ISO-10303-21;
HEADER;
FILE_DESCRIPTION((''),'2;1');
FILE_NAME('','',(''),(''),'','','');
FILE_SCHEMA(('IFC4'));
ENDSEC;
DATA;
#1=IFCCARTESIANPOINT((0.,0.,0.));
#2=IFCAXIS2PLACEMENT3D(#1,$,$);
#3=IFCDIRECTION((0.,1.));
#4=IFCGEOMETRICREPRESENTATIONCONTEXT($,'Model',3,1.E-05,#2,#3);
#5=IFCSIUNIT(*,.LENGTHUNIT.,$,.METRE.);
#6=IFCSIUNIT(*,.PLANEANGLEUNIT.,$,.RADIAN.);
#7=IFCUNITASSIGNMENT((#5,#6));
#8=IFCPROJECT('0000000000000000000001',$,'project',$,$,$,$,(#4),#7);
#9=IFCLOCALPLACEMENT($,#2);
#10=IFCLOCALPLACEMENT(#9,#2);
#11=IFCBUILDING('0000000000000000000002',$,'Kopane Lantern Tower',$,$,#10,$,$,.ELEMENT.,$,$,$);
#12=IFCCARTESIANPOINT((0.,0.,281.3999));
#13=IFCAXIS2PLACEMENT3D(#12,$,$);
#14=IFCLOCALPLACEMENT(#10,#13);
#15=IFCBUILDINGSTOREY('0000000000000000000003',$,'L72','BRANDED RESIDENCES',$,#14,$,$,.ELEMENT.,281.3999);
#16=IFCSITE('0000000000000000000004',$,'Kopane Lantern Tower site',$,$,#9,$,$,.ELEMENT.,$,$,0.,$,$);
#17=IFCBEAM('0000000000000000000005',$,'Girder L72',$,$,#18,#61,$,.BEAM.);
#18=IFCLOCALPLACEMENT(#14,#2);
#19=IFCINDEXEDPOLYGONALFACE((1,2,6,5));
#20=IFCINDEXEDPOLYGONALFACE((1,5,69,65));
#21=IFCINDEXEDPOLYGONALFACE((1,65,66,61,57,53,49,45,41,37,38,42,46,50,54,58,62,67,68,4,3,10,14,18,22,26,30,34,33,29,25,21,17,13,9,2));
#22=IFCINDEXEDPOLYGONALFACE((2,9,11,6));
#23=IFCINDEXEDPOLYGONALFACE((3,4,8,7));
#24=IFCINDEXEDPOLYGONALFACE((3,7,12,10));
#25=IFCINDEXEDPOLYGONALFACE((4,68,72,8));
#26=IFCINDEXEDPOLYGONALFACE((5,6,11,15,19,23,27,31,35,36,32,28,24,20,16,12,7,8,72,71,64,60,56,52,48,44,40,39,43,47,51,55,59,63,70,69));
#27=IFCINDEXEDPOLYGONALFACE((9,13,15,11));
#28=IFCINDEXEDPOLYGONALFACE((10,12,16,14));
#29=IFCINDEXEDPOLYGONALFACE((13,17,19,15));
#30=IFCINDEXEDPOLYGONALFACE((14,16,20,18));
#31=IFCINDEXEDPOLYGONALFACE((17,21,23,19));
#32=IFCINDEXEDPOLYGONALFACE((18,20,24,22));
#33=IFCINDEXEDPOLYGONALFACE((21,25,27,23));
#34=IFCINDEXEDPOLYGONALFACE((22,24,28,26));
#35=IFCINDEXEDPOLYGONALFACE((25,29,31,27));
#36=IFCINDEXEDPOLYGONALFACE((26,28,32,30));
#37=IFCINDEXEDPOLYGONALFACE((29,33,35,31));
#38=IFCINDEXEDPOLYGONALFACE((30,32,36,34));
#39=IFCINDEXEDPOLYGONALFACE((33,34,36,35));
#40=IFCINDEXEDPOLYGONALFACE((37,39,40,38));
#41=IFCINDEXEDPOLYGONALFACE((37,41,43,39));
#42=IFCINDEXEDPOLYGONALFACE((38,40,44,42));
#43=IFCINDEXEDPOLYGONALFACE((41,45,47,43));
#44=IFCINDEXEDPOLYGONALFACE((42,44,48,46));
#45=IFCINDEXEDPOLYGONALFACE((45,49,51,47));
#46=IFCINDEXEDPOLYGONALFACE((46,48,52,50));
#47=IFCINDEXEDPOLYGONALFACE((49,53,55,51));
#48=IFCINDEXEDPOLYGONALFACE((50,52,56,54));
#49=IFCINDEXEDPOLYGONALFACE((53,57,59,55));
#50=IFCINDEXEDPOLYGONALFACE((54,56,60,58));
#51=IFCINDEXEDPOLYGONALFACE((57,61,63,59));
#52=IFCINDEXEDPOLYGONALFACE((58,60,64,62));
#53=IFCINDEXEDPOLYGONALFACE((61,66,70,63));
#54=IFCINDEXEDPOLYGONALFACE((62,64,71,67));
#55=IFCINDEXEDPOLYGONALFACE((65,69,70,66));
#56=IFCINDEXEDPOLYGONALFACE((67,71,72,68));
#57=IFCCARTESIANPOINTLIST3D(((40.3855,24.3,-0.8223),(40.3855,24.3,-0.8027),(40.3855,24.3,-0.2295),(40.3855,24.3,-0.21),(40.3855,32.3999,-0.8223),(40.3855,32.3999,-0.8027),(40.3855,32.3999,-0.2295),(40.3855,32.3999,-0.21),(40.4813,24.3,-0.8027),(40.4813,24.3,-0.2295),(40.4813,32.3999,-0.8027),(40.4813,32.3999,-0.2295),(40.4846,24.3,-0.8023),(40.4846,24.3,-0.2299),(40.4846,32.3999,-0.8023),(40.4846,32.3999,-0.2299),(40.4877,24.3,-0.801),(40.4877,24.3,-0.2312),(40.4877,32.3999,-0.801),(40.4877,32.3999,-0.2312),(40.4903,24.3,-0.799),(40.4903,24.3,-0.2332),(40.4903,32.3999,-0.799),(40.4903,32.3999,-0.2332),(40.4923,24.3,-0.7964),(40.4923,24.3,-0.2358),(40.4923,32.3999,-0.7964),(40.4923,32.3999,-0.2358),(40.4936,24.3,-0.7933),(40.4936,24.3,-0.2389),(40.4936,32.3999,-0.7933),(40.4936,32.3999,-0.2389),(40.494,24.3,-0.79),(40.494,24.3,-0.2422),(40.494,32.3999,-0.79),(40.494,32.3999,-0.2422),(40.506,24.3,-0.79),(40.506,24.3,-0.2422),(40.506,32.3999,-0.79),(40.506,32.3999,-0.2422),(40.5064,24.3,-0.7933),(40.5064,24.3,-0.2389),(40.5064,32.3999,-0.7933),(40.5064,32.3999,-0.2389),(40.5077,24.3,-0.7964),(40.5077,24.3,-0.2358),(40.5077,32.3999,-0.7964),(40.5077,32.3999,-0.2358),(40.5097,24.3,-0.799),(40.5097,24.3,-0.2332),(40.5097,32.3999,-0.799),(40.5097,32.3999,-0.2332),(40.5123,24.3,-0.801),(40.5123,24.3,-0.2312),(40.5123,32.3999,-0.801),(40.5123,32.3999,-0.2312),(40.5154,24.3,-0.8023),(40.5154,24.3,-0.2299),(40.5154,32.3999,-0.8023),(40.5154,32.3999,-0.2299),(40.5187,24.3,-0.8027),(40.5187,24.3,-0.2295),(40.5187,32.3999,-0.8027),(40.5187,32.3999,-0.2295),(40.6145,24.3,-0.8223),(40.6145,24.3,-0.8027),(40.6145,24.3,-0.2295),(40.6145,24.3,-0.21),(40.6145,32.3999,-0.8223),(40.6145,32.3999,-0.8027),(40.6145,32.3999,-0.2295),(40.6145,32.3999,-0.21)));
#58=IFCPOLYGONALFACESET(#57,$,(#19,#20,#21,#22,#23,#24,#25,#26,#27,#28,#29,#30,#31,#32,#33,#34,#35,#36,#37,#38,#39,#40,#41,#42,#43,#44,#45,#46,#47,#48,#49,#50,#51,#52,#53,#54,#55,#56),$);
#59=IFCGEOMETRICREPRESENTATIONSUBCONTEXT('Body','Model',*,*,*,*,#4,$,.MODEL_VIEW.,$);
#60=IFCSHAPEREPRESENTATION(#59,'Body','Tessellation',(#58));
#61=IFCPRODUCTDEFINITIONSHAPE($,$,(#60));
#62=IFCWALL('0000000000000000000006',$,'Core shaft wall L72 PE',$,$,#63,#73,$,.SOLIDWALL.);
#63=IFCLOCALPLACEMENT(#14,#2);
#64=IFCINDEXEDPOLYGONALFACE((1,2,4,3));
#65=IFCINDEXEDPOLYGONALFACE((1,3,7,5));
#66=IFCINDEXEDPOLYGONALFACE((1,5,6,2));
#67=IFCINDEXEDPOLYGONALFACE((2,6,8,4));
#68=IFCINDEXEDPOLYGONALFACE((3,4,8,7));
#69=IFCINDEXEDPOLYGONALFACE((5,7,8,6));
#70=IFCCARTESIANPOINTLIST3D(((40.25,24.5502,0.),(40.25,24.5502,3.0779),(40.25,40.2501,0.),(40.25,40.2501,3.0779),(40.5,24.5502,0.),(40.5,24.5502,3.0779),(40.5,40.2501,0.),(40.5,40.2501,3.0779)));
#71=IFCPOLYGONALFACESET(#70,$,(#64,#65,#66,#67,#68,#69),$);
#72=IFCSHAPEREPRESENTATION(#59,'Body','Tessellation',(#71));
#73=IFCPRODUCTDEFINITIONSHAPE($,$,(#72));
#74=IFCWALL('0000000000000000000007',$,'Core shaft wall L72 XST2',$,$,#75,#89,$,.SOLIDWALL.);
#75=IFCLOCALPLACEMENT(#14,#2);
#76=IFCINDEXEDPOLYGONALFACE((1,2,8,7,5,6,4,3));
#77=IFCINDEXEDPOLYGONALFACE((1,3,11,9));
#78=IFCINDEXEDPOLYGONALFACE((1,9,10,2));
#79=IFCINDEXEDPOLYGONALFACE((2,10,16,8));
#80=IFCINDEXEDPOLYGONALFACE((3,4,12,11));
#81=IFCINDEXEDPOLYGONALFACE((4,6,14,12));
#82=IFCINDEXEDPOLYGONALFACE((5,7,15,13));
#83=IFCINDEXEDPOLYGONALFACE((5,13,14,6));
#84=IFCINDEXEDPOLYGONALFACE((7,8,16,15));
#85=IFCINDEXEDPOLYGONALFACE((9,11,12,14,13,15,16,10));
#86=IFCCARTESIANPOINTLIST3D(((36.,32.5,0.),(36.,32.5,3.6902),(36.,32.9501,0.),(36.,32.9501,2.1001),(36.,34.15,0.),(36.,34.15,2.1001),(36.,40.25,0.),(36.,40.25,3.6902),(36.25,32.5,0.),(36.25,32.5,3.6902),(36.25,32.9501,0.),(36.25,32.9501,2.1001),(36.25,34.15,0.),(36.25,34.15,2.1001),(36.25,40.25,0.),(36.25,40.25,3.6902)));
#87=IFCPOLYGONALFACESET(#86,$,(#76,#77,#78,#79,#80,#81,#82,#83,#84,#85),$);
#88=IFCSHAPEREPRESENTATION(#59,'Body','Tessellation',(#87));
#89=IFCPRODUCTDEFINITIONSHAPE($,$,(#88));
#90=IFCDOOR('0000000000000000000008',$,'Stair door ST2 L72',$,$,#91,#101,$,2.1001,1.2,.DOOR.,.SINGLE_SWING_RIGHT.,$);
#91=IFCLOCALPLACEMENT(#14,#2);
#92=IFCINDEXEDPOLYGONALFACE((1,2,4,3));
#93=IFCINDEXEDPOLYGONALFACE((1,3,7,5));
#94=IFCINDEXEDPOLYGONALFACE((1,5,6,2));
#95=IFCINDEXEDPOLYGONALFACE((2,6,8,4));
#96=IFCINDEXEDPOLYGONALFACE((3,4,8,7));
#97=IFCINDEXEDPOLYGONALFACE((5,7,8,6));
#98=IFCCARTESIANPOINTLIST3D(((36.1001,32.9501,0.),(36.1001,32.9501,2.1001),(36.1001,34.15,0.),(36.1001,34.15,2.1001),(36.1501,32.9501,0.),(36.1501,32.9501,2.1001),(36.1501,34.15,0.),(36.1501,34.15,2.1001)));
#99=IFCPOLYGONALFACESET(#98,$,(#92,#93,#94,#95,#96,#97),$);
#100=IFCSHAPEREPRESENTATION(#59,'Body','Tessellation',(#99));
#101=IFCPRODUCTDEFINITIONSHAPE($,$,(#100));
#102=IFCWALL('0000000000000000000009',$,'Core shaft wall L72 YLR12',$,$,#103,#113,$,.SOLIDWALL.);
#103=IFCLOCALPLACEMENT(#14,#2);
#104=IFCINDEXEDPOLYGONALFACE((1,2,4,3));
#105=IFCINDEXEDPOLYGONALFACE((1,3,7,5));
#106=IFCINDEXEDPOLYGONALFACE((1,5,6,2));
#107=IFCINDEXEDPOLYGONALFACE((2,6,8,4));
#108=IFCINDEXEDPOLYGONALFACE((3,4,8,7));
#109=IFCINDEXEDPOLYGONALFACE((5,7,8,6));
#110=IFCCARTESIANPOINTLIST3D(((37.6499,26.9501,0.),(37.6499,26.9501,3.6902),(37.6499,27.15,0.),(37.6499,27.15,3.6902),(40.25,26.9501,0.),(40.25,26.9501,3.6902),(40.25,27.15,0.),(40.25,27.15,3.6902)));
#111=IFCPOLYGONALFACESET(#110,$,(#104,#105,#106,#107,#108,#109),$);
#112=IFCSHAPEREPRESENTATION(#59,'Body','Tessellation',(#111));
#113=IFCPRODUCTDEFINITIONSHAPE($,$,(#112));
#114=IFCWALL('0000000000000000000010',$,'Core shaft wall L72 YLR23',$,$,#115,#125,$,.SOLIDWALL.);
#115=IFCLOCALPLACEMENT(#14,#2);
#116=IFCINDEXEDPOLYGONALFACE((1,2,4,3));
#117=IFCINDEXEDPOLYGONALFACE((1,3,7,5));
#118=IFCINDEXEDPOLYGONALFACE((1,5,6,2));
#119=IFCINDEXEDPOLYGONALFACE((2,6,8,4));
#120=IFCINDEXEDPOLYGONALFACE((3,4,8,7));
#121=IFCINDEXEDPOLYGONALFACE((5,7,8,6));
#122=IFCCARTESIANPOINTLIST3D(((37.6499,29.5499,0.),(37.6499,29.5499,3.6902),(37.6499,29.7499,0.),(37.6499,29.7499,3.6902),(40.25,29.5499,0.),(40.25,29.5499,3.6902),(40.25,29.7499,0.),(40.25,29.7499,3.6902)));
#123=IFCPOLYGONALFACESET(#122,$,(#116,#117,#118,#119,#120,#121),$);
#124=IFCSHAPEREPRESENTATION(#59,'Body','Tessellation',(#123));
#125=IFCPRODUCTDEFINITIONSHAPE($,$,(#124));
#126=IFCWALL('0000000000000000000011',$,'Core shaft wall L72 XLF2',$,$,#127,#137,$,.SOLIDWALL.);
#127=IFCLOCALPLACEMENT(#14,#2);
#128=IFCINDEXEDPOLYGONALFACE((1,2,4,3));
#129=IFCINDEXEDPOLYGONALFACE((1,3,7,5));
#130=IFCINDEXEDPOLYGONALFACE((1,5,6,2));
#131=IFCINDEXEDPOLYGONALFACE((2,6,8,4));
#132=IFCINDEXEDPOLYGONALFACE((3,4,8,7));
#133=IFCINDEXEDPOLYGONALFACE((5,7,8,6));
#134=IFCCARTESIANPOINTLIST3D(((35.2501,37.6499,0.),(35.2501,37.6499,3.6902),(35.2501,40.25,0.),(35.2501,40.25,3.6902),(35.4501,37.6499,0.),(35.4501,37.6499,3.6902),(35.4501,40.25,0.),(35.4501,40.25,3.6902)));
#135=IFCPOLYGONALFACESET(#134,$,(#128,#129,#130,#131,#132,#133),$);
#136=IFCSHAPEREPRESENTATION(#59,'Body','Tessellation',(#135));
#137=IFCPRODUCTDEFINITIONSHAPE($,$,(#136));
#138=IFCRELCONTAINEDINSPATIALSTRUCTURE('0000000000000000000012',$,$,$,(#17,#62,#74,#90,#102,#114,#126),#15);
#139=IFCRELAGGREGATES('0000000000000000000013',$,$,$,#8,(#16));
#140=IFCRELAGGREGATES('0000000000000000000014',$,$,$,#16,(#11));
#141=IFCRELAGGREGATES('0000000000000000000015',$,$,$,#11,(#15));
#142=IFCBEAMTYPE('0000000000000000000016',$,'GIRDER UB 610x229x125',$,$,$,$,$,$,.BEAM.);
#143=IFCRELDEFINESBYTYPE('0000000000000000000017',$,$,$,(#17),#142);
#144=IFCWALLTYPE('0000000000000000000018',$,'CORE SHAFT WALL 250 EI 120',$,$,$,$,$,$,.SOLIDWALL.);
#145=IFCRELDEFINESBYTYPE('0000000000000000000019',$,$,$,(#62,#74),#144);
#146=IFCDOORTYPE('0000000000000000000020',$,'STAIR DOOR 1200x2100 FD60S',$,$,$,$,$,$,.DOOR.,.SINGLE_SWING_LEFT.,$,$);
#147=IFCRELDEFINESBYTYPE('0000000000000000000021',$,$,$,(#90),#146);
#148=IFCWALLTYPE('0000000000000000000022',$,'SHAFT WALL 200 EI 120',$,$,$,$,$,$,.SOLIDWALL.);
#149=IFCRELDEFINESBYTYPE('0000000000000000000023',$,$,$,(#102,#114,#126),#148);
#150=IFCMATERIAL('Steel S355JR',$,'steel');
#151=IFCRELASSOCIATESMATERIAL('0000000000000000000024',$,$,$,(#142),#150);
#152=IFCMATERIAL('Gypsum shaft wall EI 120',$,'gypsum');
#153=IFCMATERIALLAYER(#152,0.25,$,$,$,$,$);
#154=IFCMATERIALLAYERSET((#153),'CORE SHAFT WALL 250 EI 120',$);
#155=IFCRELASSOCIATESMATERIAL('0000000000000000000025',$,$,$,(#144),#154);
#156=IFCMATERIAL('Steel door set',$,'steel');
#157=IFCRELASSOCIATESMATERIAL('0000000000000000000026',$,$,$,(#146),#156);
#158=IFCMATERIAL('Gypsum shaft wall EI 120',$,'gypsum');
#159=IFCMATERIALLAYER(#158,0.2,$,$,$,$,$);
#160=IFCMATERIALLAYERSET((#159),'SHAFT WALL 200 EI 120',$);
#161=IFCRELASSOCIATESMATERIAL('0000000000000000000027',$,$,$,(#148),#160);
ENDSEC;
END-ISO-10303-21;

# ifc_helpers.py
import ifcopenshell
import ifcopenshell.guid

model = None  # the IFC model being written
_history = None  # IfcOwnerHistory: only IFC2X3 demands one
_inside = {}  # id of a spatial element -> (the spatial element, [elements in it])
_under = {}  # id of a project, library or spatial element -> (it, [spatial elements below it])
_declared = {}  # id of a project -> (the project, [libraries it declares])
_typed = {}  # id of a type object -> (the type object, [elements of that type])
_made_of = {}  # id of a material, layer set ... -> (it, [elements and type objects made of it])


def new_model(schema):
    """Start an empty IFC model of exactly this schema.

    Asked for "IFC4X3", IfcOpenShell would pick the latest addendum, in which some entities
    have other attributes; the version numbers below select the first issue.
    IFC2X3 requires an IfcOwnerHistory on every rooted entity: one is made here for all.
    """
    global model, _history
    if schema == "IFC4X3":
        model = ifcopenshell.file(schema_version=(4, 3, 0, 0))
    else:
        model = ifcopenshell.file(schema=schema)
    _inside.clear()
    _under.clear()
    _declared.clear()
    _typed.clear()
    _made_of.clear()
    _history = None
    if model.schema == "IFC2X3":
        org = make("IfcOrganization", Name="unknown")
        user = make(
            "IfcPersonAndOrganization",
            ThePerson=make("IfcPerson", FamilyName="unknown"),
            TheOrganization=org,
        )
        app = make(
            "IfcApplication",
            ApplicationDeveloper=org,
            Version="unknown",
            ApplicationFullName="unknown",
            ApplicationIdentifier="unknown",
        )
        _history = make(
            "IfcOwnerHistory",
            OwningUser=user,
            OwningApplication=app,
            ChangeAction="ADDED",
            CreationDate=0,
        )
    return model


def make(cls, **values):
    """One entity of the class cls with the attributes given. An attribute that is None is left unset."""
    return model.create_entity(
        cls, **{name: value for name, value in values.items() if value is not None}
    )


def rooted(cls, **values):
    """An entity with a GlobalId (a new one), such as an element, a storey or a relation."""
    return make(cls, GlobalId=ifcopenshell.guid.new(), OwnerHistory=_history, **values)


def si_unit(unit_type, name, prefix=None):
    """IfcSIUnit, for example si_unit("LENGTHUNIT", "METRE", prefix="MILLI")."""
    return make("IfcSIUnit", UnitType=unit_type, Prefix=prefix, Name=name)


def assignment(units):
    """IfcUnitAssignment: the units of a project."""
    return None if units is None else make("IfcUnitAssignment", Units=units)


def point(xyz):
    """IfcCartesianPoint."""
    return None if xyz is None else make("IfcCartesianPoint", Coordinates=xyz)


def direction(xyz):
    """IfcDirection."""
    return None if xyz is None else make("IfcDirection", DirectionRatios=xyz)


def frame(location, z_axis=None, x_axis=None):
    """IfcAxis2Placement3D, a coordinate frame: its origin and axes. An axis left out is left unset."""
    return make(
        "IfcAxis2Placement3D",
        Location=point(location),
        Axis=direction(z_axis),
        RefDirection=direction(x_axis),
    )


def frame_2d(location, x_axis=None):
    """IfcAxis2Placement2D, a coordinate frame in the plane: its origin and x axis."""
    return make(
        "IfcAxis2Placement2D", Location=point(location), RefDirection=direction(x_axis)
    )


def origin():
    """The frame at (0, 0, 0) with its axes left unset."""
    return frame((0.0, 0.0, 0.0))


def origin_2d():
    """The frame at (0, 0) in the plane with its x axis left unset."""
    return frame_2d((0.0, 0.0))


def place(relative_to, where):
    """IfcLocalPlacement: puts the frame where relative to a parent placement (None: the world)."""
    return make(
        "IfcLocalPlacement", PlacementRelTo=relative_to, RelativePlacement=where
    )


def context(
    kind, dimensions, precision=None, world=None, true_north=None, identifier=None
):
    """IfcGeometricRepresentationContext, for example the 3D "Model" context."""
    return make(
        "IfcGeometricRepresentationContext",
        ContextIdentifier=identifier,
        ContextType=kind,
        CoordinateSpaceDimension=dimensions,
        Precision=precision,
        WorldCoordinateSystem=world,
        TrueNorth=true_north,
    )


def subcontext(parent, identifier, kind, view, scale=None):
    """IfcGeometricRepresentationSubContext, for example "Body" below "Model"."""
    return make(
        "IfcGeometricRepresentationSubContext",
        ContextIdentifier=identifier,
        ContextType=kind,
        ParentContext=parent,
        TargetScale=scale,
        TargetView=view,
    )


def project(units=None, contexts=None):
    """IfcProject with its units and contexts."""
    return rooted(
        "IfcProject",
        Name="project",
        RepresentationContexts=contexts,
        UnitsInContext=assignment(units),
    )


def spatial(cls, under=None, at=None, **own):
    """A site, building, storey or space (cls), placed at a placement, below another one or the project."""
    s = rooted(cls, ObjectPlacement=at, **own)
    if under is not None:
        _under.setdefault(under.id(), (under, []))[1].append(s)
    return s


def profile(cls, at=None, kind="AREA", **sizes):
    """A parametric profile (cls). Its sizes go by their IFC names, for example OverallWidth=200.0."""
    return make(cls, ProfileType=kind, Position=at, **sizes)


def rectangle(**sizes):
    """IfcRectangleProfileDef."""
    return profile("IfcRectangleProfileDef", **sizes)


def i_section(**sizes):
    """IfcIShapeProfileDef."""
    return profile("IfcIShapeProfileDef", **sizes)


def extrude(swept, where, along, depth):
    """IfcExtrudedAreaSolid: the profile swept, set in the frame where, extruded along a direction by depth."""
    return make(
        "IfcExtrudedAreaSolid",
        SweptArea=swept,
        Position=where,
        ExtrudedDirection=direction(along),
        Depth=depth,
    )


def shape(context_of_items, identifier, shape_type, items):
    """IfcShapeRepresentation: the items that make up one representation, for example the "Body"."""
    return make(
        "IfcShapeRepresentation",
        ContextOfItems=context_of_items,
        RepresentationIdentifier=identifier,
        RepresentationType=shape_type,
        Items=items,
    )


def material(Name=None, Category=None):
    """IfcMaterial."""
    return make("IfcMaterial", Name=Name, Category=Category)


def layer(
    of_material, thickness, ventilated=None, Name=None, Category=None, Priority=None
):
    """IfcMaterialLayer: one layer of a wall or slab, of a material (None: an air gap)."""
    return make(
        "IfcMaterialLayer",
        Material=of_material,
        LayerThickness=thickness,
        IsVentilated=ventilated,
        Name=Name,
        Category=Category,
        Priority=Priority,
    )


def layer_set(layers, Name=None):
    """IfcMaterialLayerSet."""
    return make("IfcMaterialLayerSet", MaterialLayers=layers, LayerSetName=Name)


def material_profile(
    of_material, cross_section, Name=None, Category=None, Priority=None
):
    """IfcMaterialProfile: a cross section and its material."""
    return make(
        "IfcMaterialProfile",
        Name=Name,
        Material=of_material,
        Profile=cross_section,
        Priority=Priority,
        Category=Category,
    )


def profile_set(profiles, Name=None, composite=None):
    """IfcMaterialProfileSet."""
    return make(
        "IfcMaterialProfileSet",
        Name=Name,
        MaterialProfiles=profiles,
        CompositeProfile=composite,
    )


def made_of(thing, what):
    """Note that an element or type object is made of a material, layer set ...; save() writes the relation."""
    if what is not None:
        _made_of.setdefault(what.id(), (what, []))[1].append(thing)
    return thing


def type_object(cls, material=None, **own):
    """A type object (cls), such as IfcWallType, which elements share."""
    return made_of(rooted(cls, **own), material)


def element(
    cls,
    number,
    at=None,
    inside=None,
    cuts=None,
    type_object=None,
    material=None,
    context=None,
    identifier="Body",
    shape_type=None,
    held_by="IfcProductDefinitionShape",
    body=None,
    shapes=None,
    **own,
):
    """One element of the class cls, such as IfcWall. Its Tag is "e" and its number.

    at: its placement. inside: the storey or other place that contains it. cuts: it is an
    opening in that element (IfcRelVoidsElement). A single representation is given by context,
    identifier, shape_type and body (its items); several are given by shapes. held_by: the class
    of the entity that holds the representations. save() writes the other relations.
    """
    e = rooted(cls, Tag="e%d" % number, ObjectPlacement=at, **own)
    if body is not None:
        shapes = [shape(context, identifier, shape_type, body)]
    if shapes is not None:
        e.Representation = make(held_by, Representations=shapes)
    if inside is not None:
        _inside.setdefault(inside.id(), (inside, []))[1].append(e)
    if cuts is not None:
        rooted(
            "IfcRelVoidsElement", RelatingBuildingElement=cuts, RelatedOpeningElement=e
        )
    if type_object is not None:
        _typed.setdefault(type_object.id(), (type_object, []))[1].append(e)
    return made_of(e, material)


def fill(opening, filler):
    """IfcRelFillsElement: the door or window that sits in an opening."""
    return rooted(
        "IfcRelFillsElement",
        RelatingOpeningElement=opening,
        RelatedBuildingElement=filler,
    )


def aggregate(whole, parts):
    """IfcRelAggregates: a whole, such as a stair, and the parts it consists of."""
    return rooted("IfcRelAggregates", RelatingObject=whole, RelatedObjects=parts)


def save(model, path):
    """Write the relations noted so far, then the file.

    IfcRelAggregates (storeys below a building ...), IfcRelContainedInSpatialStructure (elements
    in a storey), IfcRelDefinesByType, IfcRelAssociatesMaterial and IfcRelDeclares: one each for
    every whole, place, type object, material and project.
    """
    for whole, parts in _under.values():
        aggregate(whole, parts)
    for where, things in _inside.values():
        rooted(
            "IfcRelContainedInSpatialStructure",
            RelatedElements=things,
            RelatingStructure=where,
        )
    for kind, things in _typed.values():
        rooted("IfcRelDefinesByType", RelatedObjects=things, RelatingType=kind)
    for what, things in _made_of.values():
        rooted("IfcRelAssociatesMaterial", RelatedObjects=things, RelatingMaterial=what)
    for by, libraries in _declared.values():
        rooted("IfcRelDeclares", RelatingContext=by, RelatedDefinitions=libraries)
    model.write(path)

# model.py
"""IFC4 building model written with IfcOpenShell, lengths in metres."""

from ifc_helpers import new_model, si_unit, direction, frame, frame_2d, origin, origin_2d, place, context, subcontext, project, spatial, rectangle, i_section, extrude, material, layer, layer_set, material_profile, profile_set, type_object, element, fill, save


model = new_model("IFC4")

# Units and contexts
model_context = context("Model", 3, precision=1e-05, world=origin(), true_north=direction((0.0, 1.0)))
body_context = subcontext(model_context, "Body", "Model", "MODEL_VIEW")
ifc_project = project(units=[si_unit("LENGTHUNIT", "METRE"), si_unit("PLANEANGLEUNIT", "RADIAN")], contexts=[model_context])

# Site, building, storey
site_placement = place(None, origin())
site = spatial("IfcSite", under=ifc_project, at=site_placement, Name="Kopane Lantern Tower site", CompositionType="ELEMENT", RefElevation=0.0)
building_placement = place(site_placement, origin())
building = spatial("IfcBuilding", under=site, at=building_placement, Name="Kopane Lantern Tower", CompositionType="ELEMENT")
storey_placement = place(building_placement, frame((0.0, 0.0, 281.3999)))
storey = spatial("IfcBuildingStorey", under=building, at=storey_placement, Name="L72", Description="BRANDED RESIDENCES", CompositionType="ELEMENT", Elevation=281.3999)

# Beam
ifc_material_1 = material(Name="Steel S355JR", Category="steel")
ifc_material_profile = material_profile(ifc_material_1, i_section(OverallWidth=0.229, OverallDepth=0.6123, WebThickness=0.012, FlangeThickness=0.0195, FilletRadius=0.0127, at=origin_2d()), Name="UB 610x229x125")
ifc_profile_set = profile_set([ifc_material_profile], Name="Steel S355JR")
beam_type = type_object("IfcBeamType", Name="GIRDER UB 610x229x125", PredefinedType="BEAM", material=ifc_profile_set)
beam_placement = place(storey_placement, frame((40.5, 24.3, -0.5161), z_axis=(0.0, 1.0, 0.0), x_axis=(-1.0, 0.0, 0.0)))
element("IfcBeam", 1, at=beam_placement, inside=storey, type_object=beam_type, Name="Girder L72", PredefinedType="BEAM", context=body_context, shape_type="SweptSolid", body=[
    extrude(i_section(OverallWidth=0.229, OverallDepth=0.6123, WebThickness=0.012, FlangeThickness=0.0195, FilletRadius=0.0127, at=origin_2d()), origin(), (0.0, 0.0, 1.0), 8.0999),
])

# Wall
ifc_material_2 = material(Name="Gypsum shaft wall EI 120", Category="gypsum")
ifc_layer_1 = layer(ifc_material_2, 0.25)
ifc_layer_set_1 = layer_set([ifc_layer_1], Name="CORE SHAFT WALL 250 EI 120")
wall_type_1 = type_object("IfcWallType", Name="CORE SHAFT WALL 250 EI 120", PredefinedType="SOLIDWALL", material=ifc_layer_set_1)
wall_1_placement = place(storey_placement, frame((40.375, 24.55, 0.0), z_axis=(0.0, 0.0, 1.0), x_axis=(0.0, 1.0, 0.0)))
element("IfcWall", 2, at=wall_1_placement, inside=storey, type_object=wall_type_1, Name="Core shaft wall L72 PE", PredefinedType="SOLIDWALL", context=body_context, shape_type="SweptSolid", body=[
    extrude(rectangle(XDim=15.7, YDim=0.25, at=frame_2d((7.8501, 0.0))), origin(), (0.0, 0.0, 1.0), 3.0779),
])

# Wall, opening, door
wall_2_placement = place(storey_placement, frame((36.125, 32.5, 0.0), z_axis=(0.0, 0.0, 1.0), x_axis=(0.0, 1.0, 0.0)))
wall_2 = element("IfcWall", 3, at=wall_2_placement, inside=storey, type_object=wall_type_1, Name="Core shaft wall L72 XST2", PredefinedType="SOLIDWALL", context=body_context, shape_type="SweptSolid", body=[
    extrude(rectangle(XDim=7.75, YDim=0.25, at=frame_2d((3.875, 0.0))), origin(), (0.0, 0.0, 1.0), 3.6902),
])
opening_1_placement = place(wall_2_placement, frame((0.45, 0.0, 0.0)))
opening_1 = element("IfcOpeningElement", 4, at=opening_1_placement, cuts=wall_2, PredefinedType="OPENING", context=body_context, shape_type="SweptSolid", body=[
    extrude(rectangle(XDim=1.2, YDim=2.1001, at=frame_2d((0.6001, 1.05))), frame((0.0, 0.135, 0.0), z_axis=(0.0, -1.0, 0.0), x_axis=(1.0, 0.0, 0.0)), (0.0, 0.0, 1.0), 0.27),
])
ifc_material_3 = material(Name="Steel door set", Category="steel")
door_type_1 = type_object("IfcDoorType", Name="STAIR DOOR 1200x2100 FD60S", OperationType="SINGLE_SWING_LEFT", PredefinedType="DOOR", material=ifc_material_3)
door_1_placement = place(opening_1_placement, origin())
door_1 = element("IfcDoor", 5, at=door_1_placement, inside=storey, type_object=door_type_1, Name="Stair door ST2 L72", OperationType="SINGLE_SWING_RIGHT", OverallHeight=2.1001, OverallWidth=1.2, PredefinedType="DOOR", context=body_context, shape_type="SweptSolid", body=[
    extrude(rectangle(XDim=1.2, YDim=2.1001, at=frame_2d((0.6001, 1.05))), frame((0.0, 0.0249, 0.0), z_axis=(0.0, -1.0, 0.0), x_axis=(1.0, 0.0, 0.0)), (0.0, 0.0, 1.0), 0.05),
])
fill(opening_1, door_1)

# Walls
ifc_material_4 = material(Name="Gypsum shaft wall EI 120", Category="gypsum")
ifc_layer_2 = layer(ifc_material_4, 0.2)
ifc_layer_set_2 = layer_set([ifc_layer_2], Name="SHAFT WALL 200 EI 120")
wall_type_2 = type_object("IfcWallType", Name="SHAFT WALL 200 EI 120", PredefinedType="SOLIDWALL", material=ifc_layer_set_2)
for number, where, z_axis, x_axis, name in (
    (6, (37.6499, 27.05, 0.0), (0.0, 0.0, 1.0), (1.0, 0.0, 0.0), "Core shaft wall L72 YLR12"),
    (7, (37.6499, 29.6499, 0.0), (0.0, 0.0, 1.0), (1.0, 0.0, 0.0), "Core shaft wall L72 YLR23"),
    (8, (35.3501, 37.6499, 0.0), (0.0, 0.0, 1.0), (0.0, 1.0, 0.0), "Core shaft wall L72 XLF2"),
):
    element("IfcWall", number, at=place(storey_placement, frame(where, z_axis=z_axis, x_axis=x_axis)), inside=storey, type_object=wall_type_2, Name=name, PredefinedType="SOLIDWALL", context=body_context, shape_type="SweptSolid", body=[
        extrude(rectangle(XDim=2.6001, YDim=0.2, at=frame_2d((1.3, 0.0))), origin(), (0.0, 0.0, 1.0), 3.6902),
    ])

save(model, "model.ifc")
